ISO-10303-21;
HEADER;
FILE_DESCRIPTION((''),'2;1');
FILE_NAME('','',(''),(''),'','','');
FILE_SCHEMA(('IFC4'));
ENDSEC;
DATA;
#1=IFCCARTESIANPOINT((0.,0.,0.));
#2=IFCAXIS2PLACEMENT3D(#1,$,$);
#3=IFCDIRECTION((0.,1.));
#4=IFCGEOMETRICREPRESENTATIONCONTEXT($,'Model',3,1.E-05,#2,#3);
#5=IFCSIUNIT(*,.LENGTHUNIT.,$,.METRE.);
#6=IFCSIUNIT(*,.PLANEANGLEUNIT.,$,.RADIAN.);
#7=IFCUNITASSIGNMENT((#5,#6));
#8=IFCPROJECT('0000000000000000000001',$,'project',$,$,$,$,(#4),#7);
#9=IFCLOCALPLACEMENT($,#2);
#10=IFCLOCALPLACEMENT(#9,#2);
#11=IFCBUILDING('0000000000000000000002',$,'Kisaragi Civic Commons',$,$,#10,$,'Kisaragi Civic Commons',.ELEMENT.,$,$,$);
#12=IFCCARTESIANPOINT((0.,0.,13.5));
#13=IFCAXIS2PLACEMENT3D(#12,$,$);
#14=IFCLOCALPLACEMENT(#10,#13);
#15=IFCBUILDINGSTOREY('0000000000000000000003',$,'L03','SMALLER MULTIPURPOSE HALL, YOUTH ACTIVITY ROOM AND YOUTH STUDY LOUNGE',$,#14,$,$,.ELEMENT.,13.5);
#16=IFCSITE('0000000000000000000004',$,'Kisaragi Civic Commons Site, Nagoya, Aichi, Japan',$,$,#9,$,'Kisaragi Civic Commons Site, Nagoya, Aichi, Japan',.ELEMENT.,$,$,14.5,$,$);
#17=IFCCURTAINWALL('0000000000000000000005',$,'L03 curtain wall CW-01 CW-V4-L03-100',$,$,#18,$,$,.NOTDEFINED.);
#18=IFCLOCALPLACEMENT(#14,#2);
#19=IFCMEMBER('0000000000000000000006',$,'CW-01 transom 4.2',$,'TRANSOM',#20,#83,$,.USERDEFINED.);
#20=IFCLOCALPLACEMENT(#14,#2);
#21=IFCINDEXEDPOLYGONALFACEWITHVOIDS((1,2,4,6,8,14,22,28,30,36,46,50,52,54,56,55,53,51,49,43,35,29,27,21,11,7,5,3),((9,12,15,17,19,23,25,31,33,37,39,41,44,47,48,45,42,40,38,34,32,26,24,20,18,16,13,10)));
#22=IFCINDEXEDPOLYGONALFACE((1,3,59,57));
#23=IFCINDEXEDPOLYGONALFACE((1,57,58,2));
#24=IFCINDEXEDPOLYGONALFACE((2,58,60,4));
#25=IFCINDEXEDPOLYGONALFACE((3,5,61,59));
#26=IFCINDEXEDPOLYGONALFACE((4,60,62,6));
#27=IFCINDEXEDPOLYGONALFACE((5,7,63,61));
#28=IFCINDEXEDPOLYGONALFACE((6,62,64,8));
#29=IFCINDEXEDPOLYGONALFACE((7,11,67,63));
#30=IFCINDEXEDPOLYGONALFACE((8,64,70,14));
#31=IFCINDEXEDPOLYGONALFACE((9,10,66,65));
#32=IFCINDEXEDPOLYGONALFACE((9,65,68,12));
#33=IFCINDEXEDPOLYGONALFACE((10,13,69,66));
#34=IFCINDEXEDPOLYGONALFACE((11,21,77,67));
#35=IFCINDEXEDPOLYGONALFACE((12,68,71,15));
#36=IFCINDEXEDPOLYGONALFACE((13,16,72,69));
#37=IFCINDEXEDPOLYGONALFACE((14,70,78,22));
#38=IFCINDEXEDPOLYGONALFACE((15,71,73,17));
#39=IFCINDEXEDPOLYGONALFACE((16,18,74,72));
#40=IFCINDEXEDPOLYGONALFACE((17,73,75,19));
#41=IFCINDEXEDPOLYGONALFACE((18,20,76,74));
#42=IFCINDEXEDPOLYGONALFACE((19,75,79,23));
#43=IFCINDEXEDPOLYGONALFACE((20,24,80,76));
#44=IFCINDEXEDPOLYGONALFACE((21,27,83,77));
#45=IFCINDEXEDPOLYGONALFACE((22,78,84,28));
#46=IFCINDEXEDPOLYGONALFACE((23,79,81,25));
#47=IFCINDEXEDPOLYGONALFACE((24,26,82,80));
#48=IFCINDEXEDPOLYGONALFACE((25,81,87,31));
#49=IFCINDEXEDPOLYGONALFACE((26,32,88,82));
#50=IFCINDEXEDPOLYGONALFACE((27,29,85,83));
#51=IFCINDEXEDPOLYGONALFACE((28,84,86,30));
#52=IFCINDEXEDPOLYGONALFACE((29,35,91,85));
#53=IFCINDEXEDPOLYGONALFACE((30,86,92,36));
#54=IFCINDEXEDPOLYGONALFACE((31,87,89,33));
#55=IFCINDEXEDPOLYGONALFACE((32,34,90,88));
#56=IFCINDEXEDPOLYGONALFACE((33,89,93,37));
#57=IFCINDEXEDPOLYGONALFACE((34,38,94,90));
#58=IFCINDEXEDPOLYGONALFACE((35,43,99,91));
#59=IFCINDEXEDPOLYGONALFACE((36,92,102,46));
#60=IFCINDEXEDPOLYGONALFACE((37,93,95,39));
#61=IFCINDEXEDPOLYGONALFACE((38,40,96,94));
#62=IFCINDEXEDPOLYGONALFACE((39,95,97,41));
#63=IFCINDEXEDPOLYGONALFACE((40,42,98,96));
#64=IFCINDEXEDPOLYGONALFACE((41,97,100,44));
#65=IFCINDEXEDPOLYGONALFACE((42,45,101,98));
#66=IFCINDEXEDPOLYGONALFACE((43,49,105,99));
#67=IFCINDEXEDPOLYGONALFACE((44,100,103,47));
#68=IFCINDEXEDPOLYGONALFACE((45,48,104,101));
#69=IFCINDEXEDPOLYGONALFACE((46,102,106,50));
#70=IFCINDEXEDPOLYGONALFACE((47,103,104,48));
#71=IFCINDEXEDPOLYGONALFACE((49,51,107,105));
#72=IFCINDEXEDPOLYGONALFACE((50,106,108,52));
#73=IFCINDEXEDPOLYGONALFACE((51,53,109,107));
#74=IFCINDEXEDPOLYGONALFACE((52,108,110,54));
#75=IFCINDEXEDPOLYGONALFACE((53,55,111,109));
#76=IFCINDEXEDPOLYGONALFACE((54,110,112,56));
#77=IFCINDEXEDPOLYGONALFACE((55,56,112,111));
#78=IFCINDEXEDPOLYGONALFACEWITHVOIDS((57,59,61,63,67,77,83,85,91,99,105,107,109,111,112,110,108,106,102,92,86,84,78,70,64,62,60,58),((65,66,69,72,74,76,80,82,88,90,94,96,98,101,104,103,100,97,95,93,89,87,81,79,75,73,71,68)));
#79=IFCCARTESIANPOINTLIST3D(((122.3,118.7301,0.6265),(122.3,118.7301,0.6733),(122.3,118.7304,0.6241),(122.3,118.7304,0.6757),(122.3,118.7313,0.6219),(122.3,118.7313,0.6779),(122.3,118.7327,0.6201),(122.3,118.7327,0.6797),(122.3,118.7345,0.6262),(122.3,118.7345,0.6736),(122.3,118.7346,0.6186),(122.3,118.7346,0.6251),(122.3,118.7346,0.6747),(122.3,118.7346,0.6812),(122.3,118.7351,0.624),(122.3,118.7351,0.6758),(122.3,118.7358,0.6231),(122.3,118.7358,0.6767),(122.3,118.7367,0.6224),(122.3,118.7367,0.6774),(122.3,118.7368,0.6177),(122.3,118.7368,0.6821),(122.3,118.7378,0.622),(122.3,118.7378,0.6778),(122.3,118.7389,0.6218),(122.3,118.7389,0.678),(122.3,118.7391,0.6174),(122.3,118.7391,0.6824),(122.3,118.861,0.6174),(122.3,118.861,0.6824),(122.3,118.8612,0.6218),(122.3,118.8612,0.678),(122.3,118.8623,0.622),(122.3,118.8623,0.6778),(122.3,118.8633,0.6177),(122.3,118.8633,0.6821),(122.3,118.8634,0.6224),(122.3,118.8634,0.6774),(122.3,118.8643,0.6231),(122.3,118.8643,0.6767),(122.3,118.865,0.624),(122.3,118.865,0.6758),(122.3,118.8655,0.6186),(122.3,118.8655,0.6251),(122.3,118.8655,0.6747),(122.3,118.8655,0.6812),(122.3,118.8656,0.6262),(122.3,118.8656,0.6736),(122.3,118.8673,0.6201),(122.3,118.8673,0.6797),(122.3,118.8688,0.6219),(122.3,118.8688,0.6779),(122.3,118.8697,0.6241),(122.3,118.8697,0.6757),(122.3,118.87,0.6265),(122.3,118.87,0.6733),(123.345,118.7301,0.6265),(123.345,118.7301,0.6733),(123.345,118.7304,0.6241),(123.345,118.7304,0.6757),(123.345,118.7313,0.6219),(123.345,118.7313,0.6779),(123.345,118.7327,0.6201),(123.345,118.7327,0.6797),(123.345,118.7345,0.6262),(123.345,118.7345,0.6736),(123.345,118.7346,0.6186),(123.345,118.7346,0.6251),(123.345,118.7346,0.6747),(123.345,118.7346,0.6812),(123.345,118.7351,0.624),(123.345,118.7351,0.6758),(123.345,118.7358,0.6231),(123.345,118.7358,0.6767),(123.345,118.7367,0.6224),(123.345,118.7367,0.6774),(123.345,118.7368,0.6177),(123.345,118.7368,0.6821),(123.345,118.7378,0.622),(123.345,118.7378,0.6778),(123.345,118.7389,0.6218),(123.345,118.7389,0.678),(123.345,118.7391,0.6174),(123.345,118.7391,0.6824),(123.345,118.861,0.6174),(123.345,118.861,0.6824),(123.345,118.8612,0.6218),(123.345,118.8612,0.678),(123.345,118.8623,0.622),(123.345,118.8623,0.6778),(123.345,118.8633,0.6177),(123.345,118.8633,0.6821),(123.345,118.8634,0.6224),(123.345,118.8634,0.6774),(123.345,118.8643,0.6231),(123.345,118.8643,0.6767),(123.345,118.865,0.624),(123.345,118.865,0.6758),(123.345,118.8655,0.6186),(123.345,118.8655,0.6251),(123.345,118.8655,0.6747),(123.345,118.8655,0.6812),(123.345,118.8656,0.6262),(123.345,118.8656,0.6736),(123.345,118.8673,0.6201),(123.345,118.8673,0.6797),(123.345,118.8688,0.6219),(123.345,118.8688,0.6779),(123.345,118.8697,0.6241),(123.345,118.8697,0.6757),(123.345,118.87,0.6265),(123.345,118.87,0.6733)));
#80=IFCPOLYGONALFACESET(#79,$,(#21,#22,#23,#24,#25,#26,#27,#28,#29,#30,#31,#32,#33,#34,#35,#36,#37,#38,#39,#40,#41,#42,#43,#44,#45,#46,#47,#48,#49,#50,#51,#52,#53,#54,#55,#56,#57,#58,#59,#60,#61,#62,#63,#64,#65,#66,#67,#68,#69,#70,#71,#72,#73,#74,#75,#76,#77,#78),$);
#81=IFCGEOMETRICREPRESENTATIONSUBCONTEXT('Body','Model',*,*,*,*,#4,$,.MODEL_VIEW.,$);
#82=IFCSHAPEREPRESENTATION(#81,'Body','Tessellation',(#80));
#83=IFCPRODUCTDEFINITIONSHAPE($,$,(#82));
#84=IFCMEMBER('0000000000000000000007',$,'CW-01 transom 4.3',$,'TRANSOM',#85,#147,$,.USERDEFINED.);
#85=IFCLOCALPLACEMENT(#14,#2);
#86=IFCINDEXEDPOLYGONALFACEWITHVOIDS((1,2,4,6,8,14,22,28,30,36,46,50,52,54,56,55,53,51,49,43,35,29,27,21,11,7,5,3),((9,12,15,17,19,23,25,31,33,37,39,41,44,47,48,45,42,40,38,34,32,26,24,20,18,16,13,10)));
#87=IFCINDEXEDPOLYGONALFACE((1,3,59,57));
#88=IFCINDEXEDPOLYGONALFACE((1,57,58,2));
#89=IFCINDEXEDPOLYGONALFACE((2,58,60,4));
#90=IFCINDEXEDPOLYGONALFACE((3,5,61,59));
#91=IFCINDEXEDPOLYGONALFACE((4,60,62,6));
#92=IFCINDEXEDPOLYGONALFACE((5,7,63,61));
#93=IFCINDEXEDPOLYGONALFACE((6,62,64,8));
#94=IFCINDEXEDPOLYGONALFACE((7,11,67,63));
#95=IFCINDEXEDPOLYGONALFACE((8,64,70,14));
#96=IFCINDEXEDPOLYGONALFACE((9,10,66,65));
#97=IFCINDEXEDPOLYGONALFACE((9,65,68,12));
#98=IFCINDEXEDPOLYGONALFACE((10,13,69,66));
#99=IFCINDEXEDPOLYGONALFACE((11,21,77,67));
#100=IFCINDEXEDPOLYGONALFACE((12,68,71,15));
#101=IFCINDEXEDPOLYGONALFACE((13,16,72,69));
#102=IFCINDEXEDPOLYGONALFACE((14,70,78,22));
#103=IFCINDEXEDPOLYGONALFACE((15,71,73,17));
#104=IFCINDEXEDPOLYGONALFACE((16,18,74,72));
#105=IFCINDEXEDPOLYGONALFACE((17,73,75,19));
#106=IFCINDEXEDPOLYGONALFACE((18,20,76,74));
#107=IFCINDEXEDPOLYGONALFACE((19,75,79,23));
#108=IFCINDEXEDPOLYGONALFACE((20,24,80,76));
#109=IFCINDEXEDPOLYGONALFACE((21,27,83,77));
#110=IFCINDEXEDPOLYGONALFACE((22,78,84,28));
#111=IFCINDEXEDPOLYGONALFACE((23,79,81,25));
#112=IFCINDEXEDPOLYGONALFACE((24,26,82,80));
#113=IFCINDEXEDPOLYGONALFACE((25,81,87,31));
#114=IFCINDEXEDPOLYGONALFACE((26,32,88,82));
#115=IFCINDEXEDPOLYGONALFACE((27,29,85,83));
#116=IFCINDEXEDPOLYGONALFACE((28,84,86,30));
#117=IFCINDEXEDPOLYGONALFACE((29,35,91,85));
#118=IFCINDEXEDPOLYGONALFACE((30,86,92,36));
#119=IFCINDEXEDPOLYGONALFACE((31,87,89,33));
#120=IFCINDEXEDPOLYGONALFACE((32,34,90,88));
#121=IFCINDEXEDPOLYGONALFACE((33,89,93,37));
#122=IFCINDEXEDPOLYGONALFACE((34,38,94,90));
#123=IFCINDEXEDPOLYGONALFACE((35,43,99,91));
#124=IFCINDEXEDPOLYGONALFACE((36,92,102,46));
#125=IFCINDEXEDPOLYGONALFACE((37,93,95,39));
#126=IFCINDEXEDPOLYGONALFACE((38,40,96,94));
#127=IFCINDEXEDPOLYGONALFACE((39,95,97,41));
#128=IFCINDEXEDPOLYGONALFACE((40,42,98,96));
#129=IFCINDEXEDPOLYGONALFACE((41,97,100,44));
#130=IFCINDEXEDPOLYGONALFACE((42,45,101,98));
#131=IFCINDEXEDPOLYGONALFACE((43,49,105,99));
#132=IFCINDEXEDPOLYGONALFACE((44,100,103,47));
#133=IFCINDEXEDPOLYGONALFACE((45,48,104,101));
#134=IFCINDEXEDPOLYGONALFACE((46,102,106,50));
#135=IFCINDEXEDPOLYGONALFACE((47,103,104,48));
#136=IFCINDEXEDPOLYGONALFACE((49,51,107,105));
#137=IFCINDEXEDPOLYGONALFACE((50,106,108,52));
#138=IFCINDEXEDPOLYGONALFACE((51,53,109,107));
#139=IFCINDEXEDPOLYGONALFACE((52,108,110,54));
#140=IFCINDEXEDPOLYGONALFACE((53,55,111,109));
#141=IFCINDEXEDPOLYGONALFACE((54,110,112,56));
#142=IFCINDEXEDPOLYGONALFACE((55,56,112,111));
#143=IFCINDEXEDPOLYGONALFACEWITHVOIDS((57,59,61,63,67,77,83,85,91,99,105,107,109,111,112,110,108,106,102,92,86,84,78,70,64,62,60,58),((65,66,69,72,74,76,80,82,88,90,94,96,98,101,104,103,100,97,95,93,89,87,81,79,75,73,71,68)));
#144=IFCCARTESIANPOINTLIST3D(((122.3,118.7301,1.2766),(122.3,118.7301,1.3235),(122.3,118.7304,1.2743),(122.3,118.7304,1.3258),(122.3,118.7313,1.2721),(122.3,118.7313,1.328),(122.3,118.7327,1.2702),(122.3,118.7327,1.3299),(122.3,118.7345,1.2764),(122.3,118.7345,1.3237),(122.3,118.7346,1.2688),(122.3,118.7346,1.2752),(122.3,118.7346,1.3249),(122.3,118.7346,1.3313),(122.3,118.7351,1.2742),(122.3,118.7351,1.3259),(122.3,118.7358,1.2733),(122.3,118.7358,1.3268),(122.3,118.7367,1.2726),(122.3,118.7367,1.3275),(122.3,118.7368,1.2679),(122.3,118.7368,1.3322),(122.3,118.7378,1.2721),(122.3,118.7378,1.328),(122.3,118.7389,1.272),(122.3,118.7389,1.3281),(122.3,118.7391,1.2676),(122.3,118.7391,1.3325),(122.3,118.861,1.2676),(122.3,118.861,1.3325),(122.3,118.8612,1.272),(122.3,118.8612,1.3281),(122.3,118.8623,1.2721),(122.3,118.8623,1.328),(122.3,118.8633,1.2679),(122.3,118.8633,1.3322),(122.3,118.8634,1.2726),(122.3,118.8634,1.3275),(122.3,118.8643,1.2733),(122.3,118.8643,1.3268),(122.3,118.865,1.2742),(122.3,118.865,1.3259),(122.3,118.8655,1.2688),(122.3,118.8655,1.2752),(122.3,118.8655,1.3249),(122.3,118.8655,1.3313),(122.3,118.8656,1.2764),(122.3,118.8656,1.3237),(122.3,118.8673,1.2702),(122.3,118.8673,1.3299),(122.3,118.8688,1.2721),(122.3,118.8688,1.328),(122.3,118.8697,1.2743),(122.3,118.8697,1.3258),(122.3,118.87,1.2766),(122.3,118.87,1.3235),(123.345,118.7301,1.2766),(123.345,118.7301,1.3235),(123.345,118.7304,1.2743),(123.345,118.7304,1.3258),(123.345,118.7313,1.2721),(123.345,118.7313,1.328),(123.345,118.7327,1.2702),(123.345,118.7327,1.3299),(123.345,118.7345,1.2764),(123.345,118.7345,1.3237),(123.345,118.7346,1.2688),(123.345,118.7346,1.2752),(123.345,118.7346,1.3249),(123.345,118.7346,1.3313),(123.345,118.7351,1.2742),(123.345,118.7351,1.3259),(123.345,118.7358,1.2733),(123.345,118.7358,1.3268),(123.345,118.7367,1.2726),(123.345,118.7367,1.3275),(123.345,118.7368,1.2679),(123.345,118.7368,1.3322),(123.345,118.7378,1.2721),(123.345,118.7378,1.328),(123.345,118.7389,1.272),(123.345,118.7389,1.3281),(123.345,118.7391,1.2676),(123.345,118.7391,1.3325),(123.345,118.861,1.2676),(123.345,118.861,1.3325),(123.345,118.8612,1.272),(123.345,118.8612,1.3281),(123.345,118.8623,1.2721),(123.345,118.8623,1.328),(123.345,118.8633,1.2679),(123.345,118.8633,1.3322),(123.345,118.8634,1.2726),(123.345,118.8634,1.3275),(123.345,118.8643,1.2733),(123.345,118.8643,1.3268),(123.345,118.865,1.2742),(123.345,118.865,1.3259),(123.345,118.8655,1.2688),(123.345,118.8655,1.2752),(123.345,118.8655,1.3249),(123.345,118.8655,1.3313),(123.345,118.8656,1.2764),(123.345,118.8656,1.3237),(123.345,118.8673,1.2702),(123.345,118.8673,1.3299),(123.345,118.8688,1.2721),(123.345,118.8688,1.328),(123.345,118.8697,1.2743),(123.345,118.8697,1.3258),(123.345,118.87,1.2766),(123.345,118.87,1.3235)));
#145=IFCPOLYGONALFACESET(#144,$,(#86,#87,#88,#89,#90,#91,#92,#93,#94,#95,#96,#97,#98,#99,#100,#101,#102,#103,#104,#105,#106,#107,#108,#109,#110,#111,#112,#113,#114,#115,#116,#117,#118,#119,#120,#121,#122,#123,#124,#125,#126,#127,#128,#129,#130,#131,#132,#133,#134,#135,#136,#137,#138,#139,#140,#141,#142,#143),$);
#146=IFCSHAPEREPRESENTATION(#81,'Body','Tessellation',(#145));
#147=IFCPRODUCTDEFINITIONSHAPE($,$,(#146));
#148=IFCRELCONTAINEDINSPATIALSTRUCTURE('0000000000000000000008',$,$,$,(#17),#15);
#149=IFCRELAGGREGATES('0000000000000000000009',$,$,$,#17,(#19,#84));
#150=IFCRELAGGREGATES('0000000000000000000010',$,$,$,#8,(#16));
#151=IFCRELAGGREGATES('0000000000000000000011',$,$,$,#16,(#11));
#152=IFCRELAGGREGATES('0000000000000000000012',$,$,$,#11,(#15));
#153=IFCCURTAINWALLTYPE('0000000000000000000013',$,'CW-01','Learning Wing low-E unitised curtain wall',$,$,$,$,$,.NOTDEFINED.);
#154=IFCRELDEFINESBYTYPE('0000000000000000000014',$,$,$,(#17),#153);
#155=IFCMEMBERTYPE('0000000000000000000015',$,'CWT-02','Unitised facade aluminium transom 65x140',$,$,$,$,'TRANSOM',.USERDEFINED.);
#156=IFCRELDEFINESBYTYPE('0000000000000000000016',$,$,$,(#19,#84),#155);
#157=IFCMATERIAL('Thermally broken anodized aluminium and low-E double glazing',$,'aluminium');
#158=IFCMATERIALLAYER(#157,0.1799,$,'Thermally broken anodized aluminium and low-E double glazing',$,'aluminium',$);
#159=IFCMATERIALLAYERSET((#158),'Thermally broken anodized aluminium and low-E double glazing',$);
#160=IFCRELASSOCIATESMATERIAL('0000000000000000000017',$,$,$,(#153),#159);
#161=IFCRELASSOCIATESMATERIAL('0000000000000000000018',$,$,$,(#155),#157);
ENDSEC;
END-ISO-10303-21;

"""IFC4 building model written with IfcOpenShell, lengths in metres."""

from ifc_helpers import new_model, si_unit, direction, frame, origin, origin_2d, place, context, subcontext, project, spatial, hollow_rectangle, extrude, material, layer, layer_set, material_profile, profile_set, type_object, element, aggregate, save


model = new_model("IFC4")

# Units and contexts
model_context = context("Model", 3, precision=1e-05, world=origin(), true_north=direction((0.0, 1.0)))
body_context = subcontext(model_context, "Body", "Model", "MODEL_VIEW")
ifc_project = project(units=[si_unit("LENGTHUNIT", "METRE"), si_unit("PLANEANGLEUNIT", "RADIAN")], contexts=[model_context])

# Site, building, storey
site_placement = place(None, origin())
site = spatial("IfcSite", under=ifc_project, at=site_placement, Name="Kisaragi Civic Commons Site, Nagoya, Aichi, Japan", LongName="Kisaragi Civic Commons Site, Nagoya, Aichi, Japan", CompositionType="ELEMENT", RefElevation=14.5)
building_placement = place(site_placement, origin())
building = spatial("IfcBuilding", under=site, at=building_placement, Name="Kisaragi Civic Commons", LongName="Kisaragi Civic Commons", CompositionType="ELEMENT")
storey_placement = place(building_placement, frame((0.0, 0.0, 13.5)))
storey = spatial("IfcBuildingStorey", under=building, at=storey_placement, Name="L03", Description="SMALLER MULTIPURPOSE HALL, YOUTH ACTIVITY ROOM AND YOUTH STUDY LOUNGE", CompositionType="ELEMENT", Elevation=13.5)

# Curtain wall, members
ifc_material = material(Name="Thermally broken anodized aluminium and low-E double glazing", Category="aluminium")
ifc_layer_1 = layer(ifc_material, 0.1799, Name="Thermally broken anodized aluminium and low-E double glazing", Category="aluminium")
ifc_layer_set_1 = layer_set([ifc_layer_1], Name="Thermally broken anodized aluminium and low-E double glazing")
curtain_wall_type = type_object("IfcCurtainWallType", Name="CW-01", Description="Learning Wing low-E unitised curtain wall", PredefinedType="NOTDEFINED", material=ifc_layer_set_1)
curtain_wall_placement = place(storey_placement, origin())
curtain_wall = element("IfcCurtainWall", 1, at=curtain_wall_placement, inside=storey, type_object=curtain_wall_type, Name="L03 curtain wall CW-01 CW-V4-L03-100", PredefinedType="NOTDEFINED")
ifc_material_profile_1 = material_profile(ifc_material, hollow_rectangle(XDim=0.1399, YDim=0.0649, WallThickness=0.0044, InnerFilletRadius=0.0044, OuterFilletRadius=0.009, at=origin_2d()), Name="CWT-65x140x4.5", Category="aluminium")
ifc_profile_set_1 = profile_set([ifc_material_profile_1], Name="Thermally broken anodized aluminium and low-E double glazing")
member_type_1 = type_object("IfcMemberType", Name="CWT-02", Description="Unitised facade aluminium transom 65x140", ElementType="TRANSOM", PredefinedType="USERDEFINED", material=ifc_profile_set_1)
member_1_placement = place(storey_placement, frame((122.3, 118.8, 0.6499), z_axis=(1.0, 0.0, 0.0), x_axis=(0.0, 1.0, 0.0)))
member_1 = element("IfcMember", 2, at=member_1_placement, type_object=member_type_1, Name="CW-01 transom 4.2", ObjectType="TRANSOM", PredefinedType="USERDEFINED", context=body_context, shape_type="SweptSolid", body=[
    extrude(hollow_rectangle(XDim=0.1399, YDim=0.0649, WallThickness=0.0044, InnerFilletRadius=0.0044, OuterFilletRadius=0.009, at=origin_2d()), origin(), (0.0, 0.0, 1.0), 1.0449),
])
member_2_placement = place(storey_placement, frame((122.3, 118.8, 1.3), z_axis=(1.0, 0.0, 0.0), x_axis=(0.0, 1.0, 0.0)))
member_2 = element("IfcMember", 3, at=member_2_placement, type_object=member_type_1, Name="CW-01 transom 4.3", ObjectType="TRANSOM", PredefinedType="USERDEFINED", context=body_context, shape_type="SweptSolid", body=[
    extrude(hollow_rectangle(XDim=0.1399, YDim=0.0649, WallThickness=0.0044, InnerFilletRadius=0.0044, OuterFilletRadius=0.009, at=origin_2d()), origin(), (0.0, 0.0, 1.0), 1.0449),
])
aggregate(curtain_wall, [member_1, member_2])

save(model, "model.ifc")
